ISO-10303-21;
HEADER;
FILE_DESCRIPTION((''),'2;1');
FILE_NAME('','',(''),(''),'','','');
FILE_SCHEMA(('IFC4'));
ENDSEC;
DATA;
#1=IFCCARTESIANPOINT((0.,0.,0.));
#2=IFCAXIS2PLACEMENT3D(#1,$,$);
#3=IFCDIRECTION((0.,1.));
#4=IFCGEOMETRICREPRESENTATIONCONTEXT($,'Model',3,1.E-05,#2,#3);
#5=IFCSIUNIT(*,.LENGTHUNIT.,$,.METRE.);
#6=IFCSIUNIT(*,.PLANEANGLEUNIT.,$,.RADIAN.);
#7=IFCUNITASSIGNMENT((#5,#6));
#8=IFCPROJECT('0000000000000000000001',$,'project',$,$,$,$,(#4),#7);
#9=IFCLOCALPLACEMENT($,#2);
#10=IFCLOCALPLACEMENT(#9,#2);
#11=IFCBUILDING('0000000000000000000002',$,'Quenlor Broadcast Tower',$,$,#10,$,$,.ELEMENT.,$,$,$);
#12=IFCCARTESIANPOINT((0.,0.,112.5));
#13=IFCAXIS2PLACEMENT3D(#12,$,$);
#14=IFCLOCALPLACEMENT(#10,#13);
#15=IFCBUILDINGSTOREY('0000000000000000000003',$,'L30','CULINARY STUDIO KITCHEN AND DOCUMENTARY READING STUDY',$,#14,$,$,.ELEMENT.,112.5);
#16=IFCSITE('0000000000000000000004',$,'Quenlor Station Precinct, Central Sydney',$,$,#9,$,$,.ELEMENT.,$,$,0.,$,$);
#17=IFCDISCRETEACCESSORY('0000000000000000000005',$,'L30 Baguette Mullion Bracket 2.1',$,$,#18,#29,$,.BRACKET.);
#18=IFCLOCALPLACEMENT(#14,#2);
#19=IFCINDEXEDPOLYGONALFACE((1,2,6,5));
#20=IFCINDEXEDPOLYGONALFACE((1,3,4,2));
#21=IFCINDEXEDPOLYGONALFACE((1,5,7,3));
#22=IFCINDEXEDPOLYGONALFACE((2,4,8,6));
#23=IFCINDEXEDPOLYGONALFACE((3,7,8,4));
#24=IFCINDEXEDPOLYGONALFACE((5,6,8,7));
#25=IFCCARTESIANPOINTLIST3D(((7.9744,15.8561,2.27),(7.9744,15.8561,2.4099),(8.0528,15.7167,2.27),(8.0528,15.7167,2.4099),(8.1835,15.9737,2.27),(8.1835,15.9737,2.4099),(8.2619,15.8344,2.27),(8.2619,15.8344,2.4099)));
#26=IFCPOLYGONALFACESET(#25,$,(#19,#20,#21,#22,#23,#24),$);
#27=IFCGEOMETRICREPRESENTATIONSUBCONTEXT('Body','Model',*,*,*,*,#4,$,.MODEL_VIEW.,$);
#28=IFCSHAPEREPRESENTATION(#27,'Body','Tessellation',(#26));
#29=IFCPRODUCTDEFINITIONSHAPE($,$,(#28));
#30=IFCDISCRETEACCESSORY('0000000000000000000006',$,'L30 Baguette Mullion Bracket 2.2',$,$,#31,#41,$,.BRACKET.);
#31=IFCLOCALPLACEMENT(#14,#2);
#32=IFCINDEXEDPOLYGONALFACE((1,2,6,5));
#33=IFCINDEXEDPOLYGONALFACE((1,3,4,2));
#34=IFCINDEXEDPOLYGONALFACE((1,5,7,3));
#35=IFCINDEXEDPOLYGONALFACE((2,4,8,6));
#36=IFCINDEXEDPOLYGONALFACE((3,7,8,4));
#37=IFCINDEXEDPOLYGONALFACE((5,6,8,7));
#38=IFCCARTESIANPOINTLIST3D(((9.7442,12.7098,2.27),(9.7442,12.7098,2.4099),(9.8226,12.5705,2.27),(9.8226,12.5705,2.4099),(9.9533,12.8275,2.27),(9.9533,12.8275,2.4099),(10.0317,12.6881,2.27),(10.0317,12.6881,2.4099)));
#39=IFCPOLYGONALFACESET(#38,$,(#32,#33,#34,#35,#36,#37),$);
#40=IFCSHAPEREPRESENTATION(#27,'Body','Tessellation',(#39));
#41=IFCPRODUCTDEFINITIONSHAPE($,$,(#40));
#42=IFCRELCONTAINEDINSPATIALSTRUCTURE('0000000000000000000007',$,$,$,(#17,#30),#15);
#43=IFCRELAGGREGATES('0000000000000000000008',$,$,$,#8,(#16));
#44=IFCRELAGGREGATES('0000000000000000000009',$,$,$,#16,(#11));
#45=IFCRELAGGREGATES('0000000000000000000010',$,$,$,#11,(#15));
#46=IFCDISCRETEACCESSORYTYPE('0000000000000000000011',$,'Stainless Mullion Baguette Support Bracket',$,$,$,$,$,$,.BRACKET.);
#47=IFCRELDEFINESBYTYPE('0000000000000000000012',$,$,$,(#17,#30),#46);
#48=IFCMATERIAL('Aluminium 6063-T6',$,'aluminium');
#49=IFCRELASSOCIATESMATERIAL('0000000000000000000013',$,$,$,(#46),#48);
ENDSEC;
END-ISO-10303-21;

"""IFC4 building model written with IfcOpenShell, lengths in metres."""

from ifc_helpers import new_model, si_unit, direction, frame, origin, origin_2d, place, context, subcontext, project, spatial, rectangle, extrude, material, type_object, element, save


model = new_model("IFC4")

# Units and contexts
model_context = context("Model", 3, precision=1e-05, world=origin(), true_north=direction((0.0, 1.0)))
body_context = subcontext(model_context, "Body", "Model", "MODEL_VIEW")
ifc_project = project(units=[si_unit("LENGTHUNIT", "METRE"), si_unit("PLANEANGLEUNIT", "RADIAN")], contexts=[model_context])

# Site, building, storey
site_placement = place(None, origin())
site = spatial("IfcSite", under=ifc_project, at=site_placement, Name="Quenlor Station Precinct, Central Sydney", CompositionType="ELEMENT", RefElevation=0.0)
building_placement = place(site_placement, origin())
building = spatial("IfcBuilding", under=site, at=building_placement, Name="Quenlor Broadcast Tower", CompositionType="ELEMENT")
storey_placement = place(building_placement, frame((0.0, 0.0, 112.5)))
storey = spatial("IfcBuildingStorey", under=building, at=storey_placement, Name="L30", Description="CULINARY STUDIO KITCHEN AND DOCUMENTARY READING STUDY", CompositionType="ELEMENT", Elevation=112.5)

# Discrete accessories
ifc_material_1 = material(Name="Aluminium 6063-T6", Category="aluminium")
discrete_accessory_type = type_object("IfcDiscreteAccessoryType", Name="Stainless Mullion Baguette Support Bracket", PredefinedType="BRACKET", material=ifc_material_1)
for number, where, z_axis, x_axis, name in (
    (1, (8.1182, 15.8452, 2.27), (0.0, 0.0, 1.0), (0.490265, -0.871573, 0.0), "L30 Baguette Mullion Bracket 2.1"),
    (2, (9.8879, 12.699, 2.27), (0.0, 0.0, 1.0), (0.490265, -0.871573, 0.0), "L30 Baguette Mullion Bracket 2.2"),
):
    element("IfcDiscreteAccessory", number, at=place(storey_placement, frame(where, z_axis=z_axis, x_axis=x_axis)), inside=storey, type_object=discrete_accessory_type, Name=name, PredefinedType="BRACKET", context=body_context, shape_type="SweptSolid", body=[
        extrude(rectangle(XDim=0.1599, YDim=0.24, at=origin_2d()), origin(), (0.0, 0.0, 1.0), 0.1399),
    ])

save(model, "model.ifc")
